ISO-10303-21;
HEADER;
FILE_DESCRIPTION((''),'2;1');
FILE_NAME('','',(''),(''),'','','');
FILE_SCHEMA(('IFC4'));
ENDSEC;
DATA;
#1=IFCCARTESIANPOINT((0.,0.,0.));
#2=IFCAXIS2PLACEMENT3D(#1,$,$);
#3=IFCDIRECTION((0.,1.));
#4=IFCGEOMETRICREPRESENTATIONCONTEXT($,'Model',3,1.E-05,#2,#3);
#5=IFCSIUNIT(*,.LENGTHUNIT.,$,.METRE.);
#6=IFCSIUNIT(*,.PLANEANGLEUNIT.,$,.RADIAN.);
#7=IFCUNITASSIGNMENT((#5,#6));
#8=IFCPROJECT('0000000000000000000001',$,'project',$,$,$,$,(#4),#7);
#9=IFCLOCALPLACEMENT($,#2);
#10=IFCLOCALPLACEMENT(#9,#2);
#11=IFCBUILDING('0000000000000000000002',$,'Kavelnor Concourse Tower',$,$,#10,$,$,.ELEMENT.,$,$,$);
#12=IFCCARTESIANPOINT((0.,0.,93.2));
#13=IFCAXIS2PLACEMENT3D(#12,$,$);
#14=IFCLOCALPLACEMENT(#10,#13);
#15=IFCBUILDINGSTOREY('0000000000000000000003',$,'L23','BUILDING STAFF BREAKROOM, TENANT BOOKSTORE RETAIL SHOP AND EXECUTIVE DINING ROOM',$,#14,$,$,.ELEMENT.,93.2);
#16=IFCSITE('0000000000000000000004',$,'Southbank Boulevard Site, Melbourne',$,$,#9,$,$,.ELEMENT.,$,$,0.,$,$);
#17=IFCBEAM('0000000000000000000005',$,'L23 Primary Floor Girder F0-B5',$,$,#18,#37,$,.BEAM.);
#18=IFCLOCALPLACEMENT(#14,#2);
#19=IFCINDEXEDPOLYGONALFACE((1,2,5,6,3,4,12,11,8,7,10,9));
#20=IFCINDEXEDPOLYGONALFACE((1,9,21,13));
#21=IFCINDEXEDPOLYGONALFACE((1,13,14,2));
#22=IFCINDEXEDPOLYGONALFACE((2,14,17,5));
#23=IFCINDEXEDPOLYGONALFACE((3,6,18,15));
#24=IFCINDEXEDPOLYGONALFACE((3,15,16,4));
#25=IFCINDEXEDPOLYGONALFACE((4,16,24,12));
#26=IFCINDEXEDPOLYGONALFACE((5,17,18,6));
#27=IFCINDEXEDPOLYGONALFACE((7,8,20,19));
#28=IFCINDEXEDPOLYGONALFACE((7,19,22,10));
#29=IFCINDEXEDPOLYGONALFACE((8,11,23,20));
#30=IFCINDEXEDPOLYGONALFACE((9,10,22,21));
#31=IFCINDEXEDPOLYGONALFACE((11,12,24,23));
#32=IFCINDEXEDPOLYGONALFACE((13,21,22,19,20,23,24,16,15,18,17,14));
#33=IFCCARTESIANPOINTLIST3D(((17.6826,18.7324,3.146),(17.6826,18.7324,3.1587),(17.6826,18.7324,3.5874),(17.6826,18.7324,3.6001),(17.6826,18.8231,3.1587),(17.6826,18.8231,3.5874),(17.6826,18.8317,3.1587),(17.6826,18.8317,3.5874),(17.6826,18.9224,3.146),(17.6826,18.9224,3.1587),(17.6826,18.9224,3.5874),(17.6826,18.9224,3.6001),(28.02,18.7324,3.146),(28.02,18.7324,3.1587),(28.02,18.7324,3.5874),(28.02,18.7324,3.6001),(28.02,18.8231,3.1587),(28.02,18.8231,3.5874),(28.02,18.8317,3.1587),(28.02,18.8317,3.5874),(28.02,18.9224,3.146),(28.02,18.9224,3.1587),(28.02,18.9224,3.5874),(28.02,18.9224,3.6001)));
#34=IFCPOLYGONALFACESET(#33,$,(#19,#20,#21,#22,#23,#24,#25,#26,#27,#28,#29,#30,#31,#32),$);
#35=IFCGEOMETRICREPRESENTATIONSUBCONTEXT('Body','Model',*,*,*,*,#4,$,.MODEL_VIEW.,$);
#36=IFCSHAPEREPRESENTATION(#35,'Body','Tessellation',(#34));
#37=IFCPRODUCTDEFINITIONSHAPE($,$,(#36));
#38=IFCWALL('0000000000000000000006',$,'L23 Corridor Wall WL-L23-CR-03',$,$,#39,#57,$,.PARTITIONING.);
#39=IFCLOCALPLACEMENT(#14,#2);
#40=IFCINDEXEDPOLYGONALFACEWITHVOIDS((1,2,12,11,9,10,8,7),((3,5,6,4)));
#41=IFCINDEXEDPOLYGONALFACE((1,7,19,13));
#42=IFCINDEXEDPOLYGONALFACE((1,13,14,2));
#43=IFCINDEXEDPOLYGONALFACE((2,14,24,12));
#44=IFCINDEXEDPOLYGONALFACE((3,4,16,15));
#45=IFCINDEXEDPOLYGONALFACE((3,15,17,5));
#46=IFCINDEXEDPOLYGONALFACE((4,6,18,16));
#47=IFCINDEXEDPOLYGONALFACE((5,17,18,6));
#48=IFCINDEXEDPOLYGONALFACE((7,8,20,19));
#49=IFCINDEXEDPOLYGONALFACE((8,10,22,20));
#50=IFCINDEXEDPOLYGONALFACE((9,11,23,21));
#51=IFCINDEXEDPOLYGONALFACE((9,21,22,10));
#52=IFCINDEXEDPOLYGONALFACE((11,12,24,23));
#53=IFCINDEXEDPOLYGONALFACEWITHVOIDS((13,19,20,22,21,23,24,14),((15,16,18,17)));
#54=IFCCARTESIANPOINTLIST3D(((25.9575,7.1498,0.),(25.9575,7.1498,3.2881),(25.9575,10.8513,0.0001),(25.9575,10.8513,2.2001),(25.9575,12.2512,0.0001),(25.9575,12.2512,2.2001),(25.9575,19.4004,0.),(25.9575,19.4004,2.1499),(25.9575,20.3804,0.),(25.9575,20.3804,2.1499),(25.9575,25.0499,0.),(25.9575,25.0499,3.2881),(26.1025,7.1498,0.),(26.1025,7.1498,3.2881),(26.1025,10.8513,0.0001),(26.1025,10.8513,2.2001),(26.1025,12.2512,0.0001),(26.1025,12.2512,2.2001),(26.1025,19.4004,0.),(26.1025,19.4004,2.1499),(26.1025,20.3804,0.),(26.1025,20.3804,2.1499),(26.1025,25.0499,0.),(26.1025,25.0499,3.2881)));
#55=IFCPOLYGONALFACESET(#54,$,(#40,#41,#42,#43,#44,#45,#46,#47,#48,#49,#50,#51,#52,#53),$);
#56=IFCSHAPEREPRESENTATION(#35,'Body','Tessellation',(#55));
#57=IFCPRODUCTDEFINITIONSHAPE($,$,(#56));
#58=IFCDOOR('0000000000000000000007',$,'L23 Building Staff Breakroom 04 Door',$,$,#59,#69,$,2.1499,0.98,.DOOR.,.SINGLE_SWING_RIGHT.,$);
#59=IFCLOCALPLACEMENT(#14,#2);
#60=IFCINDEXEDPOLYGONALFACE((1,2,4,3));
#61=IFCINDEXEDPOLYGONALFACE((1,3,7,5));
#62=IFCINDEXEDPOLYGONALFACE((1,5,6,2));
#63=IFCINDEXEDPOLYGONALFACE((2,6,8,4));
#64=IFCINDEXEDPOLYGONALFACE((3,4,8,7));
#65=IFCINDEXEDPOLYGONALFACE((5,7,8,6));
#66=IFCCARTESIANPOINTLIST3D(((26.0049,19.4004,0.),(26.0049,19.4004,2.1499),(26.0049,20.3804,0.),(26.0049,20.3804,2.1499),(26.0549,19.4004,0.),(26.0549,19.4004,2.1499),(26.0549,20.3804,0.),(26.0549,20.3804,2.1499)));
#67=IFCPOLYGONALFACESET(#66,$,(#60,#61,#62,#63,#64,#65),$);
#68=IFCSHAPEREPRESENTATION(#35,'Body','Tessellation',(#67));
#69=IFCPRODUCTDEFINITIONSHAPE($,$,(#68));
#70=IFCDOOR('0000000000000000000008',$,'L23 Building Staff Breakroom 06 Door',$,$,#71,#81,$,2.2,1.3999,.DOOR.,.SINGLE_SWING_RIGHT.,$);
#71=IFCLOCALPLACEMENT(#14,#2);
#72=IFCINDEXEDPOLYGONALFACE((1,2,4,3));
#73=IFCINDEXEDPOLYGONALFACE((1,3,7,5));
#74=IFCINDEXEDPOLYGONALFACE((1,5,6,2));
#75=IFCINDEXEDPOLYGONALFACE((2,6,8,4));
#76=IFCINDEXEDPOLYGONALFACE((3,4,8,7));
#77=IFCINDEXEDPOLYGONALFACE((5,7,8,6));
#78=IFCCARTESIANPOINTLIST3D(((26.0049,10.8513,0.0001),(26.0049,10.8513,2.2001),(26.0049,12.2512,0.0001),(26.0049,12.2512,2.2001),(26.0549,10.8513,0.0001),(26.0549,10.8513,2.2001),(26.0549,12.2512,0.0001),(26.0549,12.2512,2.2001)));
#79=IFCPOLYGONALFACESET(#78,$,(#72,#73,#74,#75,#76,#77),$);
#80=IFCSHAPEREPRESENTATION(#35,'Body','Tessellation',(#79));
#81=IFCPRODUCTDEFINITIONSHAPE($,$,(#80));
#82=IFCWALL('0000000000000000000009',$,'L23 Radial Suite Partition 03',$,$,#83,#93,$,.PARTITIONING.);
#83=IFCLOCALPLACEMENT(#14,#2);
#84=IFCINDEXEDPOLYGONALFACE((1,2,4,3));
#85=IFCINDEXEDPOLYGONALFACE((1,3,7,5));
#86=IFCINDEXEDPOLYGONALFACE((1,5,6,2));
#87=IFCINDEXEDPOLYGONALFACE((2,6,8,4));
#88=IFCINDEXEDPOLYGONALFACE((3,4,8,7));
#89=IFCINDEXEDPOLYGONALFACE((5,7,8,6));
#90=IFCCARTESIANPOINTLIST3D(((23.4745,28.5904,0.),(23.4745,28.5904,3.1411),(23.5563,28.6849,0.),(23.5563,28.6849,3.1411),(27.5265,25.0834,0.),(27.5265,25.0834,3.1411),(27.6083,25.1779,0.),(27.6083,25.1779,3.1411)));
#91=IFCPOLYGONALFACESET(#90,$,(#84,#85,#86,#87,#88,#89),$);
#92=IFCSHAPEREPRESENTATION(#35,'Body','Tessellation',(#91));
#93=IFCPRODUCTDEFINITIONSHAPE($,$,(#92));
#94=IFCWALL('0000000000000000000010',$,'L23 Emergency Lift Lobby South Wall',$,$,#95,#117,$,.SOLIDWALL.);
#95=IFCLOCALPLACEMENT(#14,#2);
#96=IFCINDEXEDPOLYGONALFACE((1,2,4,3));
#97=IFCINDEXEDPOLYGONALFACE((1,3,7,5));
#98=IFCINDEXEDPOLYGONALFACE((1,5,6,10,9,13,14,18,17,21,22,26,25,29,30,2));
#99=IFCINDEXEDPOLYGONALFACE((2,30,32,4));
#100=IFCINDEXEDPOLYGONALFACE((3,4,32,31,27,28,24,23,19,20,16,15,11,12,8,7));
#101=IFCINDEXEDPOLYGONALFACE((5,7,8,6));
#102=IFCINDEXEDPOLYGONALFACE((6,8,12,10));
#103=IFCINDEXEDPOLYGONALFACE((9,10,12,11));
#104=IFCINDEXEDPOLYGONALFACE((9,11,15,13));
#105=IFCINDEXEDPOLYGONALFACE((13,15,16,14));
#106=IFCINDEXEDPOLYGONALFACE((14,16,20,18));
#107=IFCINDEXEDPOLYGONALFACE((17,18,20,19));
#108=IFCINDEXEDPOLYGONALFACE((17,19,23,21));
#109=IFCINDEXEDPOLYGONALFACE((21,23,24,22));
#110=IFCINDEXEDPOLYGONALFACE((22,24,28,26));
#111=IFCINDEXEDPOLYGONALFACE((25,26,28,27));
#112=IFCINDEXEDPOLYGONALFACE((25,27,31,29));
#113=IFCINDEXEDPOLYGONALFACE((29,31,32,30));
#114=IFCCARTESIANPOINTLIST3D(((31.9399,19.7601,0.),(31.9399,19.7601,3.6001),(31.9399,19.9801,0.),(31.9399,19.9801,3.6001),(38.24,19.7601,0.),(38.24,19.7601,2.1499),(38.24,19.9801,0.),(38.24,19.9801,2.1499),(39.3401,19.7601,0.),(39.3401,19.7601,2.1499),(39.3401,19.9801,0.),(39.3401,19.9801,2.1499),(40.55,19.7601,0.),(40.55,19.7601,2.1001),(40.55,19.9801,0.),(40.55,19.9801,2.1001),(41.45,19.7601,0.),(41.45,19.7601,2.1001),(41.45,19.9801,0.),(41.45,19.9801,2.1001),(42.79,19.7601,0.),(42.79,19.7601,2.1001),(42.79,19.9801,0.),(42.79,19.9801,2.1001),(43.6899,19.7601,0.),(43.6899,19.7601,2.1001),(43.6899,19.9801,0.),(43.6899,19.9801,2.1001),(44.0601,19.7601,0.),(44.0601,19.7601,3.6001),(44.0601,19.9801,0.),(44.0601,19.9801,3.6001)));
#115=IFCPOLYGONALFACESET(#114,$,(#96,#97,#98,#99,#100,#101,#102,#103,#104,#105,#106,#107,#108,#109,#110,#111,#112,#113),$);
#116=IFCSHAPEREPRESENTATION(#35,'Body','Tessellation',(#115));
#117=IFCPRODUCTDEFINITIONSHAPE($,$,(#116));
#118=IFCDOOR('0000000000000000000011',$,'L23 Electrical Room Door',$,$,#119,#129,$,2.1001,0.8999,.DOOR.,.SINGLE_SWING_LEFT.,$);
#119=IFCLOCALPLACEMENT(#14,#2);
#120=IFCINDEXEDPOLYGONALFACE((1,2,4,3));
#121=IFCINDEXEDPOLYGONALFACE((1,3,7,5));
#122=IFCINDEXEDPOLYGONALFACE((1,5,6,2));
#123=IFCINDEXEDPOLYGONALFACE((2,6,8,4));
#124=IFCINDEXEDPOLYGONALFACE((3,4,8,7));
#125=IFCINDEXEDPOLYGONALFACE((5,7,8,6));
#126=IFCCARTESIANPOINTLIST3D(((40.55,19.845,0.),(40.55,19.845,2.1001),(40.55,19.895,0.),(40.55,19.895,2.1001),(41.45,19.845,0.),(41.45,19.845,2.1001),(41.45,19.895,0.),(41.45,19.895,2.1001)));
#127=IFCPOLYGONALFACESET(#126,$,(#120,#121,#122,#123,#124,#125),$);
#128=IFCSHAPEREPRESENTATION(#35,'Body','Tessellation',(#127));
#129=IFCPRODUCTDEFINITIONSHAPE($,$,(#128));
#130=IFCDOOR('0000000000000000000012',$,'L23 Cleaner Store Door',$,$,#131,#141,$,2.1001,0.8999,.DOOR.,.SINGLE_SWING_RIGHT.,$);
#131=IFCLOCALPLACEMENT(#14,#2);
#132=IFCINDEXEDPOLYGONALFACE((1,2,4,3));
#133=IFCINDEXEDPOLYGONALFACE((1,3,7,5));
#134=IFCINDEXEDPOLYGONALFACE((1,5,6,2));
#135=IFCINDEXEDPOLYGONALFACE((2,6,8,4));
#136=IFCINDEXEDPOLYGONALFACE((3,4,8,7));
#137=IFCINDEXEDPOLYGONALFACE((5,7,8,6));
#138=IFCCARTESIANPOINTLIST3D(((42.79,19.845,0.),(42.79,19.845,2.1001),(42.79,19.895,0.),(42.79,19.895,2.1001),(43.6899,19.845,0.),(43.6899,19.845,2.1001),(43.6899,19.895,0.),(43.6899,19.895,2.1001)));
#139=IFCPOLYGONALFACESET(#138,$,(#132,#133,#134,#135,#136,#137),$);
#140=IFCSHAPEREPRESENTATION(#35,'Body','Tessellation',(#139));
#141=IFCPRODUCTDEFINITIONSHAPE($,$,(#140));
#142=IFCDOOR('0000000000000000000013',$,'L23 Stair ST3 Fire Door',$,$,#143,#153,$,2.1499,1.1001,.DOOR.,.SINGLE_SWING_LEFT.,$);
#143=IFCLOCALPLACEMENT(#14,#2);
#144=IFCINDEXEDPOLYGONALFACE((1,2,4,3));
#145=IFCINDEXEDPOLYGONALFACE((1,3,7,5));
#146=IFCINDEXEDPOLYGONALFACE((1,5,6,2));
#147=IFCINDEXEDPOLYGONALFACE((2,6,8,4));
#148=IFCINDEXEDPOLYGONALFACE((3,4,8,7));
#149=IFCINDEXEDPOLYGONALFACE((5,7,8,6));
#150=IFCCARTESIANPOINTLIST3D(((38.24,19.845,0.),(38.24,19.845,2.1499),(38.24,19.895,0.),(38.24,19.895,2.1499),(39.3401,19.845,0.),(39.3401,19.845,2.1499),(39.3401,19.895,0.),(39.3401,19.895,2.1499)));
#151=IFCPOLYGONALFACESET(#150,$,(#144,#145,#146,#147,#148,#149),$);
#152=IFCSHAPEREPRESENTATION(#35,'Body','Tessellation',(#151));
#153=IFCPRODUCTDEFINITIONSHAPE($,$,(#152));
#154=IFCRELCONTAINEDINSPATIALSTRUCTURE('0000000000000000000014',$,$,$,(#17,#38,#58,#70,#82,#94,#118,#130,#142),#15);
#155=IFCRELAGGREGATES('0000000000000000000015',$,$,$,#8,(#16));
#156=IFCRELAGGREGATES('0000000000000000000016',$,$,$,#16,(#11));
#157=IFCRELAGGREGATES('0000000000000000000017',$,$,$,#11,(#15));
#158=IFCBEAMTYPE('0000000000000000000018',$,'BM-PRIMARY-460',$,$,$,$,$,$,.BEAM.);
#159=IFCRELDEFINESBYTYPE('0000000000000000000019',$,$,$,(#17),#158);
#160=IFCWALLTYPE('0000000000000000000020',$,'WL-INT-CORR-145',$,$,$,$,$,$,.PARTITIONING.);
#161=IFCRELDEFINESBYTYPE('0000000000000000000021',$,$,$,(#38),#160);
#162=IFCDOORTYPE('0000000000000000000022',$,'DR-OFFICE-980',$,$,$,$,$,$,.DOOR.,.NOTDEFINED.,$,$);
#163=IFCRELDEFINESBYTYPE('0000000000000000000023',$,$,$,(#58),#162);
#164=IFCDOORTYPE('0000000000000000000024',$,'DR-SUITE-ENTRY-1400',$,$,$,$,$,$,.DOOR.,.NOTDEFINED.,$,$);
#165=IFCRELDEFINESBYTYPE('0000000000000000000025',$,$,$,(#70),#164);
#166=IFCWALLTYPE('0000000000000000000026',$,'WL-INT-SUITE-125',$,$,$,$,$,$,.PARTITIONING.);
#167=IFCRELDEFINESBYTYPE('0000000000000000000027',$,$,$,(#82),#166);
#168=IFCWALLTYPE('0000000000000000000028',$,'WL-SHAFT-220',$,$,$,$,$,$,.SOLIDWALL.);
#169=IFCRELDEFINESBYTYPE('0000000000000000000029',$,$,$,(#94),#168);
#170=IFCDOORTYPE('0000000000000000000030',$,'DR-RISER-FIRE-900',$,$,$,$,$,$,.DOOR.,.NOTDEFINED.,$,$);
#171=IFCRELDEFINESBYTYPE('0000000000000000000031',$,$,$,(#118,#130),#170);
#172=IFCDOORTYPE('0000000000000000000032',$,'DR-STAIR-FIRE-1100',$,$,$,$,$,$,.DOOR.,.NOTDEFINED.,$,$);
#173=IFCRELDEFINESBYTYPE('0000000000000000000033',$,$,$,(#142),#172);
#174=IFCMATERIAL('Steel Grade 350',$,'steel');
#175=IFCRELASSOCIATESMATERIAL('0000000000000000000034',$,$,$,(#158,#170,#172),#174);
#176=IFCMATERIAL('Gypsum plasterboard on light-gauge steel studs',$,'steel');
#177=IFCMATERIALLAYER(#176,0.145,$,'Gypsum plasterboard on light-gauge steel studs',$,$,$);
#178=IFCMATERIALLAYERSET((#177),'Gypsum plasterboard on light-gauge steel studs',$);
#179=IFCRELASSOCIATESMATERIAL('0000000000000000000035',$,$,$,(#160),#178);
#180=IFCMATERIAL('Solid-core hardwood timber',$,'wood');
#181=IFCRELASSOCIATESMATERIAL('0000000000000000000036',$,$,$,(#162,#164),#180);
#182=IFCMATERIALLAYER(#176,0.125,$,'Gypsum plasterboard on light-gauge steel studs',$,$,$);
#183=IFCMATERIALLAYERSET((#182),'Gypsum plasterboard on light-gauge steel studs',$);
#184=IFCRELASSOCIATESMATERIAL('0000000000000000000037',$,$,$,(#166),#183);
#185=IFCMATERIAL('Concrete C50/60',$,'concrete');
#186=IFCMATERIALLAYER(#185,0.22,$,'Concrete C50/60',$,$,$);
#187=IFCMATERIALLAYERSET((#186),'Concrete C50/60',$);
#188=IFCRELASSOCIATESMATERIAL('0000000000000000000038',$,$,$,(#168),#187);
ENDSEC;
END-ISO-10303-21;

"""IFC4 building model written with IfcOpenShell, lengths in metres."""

from ifc_helpers import new_model, si_unit, direction, frame, frame_2d, origin, origin_2d, place, context, subcontext, project, spatial, rectangle, i_section, extrude, material, layer, layer_set, material_profile, profile_set, type_object, element, fill, save


model = new_model("IFC4")

# Units and contexts
model_context = context("Model", 3, precision=1e-05, world=origin(), true_north=direction((0.0, 1.0)))
body_context = subcontext(model_context, "Body", "Model", "MODEL_VIEW")
ifc_project = project(units=[si_unit("LENGTHUNIT", "METRE"), si_unit("PLANEANGLEUNIT", "RADIAN")], contexts=[model_context])

# Site, building, storey
site_placement = place(None, origin())
site = spatial("IfcSite", under=ifc_project, at=site_placement, Name="Southbank Boulevard Site, Melbourne", CompositionType="ELEMENT", RefElevation=0.0)
building_placement = place(site_placement, origin())
building = spatial("IfcBuilding", under=site, at=building_placement, Name="Kavelnor Concourse Tower", CompositionType="ELEMENT")
storey_placement = place(building_placement, frame((0.0, 0.0, 93.2)))
storey = spatial("IfcBuildingStorey", under=building, at=storey_placement, Name="L23", Description="BUILDING STAFF BREAKROOM, TENANT BOOKSTORE RETAIL SHOP AND EXECUTIVE DINING ROOM", CompositionType="ELEMENT", Elevation=93.2)

# Beam
ifc_material_1 = material(Name="Steel Grade 350", Category="steel")
ifc_material_profile_1 = material_profile(ifc_material_1, i_section(OverallWidth=0.1899, OverallDepth=0.4541, WebThickness=0.0085, FlangeThickness=0.0127, at=origin_2d()), Name="460UB67")
ifc_profile_set_1 = profile_set([ifc_material_profile_1], Name="Steel Grade 350")
beam_type_1 = type_object("IfcBeamType", Name="BM-PRIMARY-460", PredefinedType="BEAM", material=ifc_profile_set_1)
beam_1_placement = place(storey_placement, frame((28.02, 18.8274, 3.373), z_axis=(-1.0, 0.0, 0.0), x_axis=(0.0, -1.0, 0.0)))
element("IfcBeam", 1, at=beam_1_placement, inside=storey, type_object=beam_type_1, Name="L23 Primary Floor Girder F0-B5", PredefinedType="BEAM", context=body_context, shape_type="SweptSolid", body=[
    extrude(i_section(OverallWidth=0.1899, OverallDepth=0.4541, WebThickness=0.0085, FlangeThickness=0.0127, at=origin_2d()), origin(), (0.0, 0.0, 1.0), 10.3374),
])

# Wall, openings, doors
ifc_material_2 = material(Name="Gypsum plasterboard on light-gauge steel studs", Category="steel")
ifc_layer_1 = layer(ifc_material_2, 0.145, Name="Gypsum plasterboard on light-gauge steel studs")
ifc_layer_set_1 = layer_set([ifc_layer_1], Name="Gypsum plasterboard on light-gauge steel studs")
wall_type_1 = type_object("IfcWallType", Name="WL-INT-CORR-145", PredefinedType="PARTITIONING", material=ifc_layer_set_1)
wall_1_placement = place(storey_placement, frame((26.03, 25.05, 0.0), z_axis=(0.0, 0.0, 1.0), x_axis=(0.0, -1.0, 0.0)))
wall_1 = element("IfcWall", 2, at=wall_1_placement, inside=storey, type_object=wall_type_1, Name="L23 Corridor Wall WL-L23-CR-03", PredefinedType="PARTITIONING", context=body_context, shape_type="SweptSolid", body=[
    extrude(rectangle(XDim=17.9001, YDim=0.145, at=frame_2d((8.9502, 0.0))), origin(), (0.0, 0.0, 1.0), 3.2881),
])
opening_1_placement = place(wall_1_placement, frame((4.6697, 0.0, 0.0)))
opening_1 = element("IfcOpeningElement", 3, at=opening_1_placement, cuts=wall_1, PredefinedType="OPENING", context=body_context, shape_type="SweptSolid", body=[
    extrude(rectangle(XDim=0.98, YDim=2.1499, at=frame_2d((0.49, 1.075))), frame((0.0, 0.0825, 0.0), z_axis=(0.0, -1.0, 0.0), x_axis=(1.0, 0.0, 0.0)), (0.0, 0.0, 1.0), 0.165),
])
opening_2_placement = place(wall_1_placement, frame((12.7988, 0.0, 0.0)))
opening_2 = element("IfcOpeningElement", 4, at=opening_2_placement, cuts=wall_1, PredefinedType="OPENING", context=body_context, shape_type="SweptSolid", body=[
    extrude(rectangle(XDim=1.3999, YDim=2.2, at=frame_2d((0.7, 1.1001))), frame((0.0, 0.0825, 0.0), z_axis=(0.0, -1.0, 0.0), x_axis=(1.0, 0.0, 0.0)), (0.0, 0.0, 1.0), 0.165),
])
ifc_material_3 = material(Name="Solid-core hardwood timber", Category="wood")
door_type_1 = type_object("IfcDoorType", Name="DR-OFFICE-980", OperationType="NOTDEFINED", PredefinedType="DOOR", material=ifc_material_3)
door_1_placement = place(opening_1_placement, origin())
door_1 = element("IfcDoor", 5, at=door_1_placement, inside=storey, type_object=door_type_1, Name="L23 Building Staff Breakroom 04 Door", OperationType="SINGLE_SWING_RIGHT", OverallHeight=2.1499, OverallWidth=0.98, PredefinedType="DOOR", context=body_context, shape_type="SweptSolid", body=[
    extrude(rectangle(XDim=0.98, YDim=2.1499, at=frame_2d((0.49, 1.075))), frame((0.0, 0.0249, 0.0), z_axis=(0.0, -1.0, 0.0), x_axis=(1.0, 0.0, 0.0)), (0.0, 0.0, 1.0), 0.05),
])
fill(opening_1, door_1)
door_type_2 = type_object("IfcDoorType", Name="DR-SUITE-ENTRY-1400", OperationType="NOTDEFINED", PredefinedType="DOOR", material=ifc_material_3)
door_2_placement = place(opening_2_placement, origin())
door_2 = element("IfcDoor", 6, at=door_2_placement, inside=storey, type_object=door_type_2, Name="L23 Building Staff Breakroom 06 Door", OperationType="SINGLE_SWING_RIGHT", OverallHeight=2.2, OverallWidth=1.3999, PredefinedType="DOOR", context=body_context, shape_type="SweptSolid", body=[
    extrude(rectangle(XDim=1.3999, YDim=2.2, at=frame_2d((0.7, 1.1001))), frame((0.0, 0.0249, 0.0), z_axis=(0.0, -1.0, 0.0), x_axis=(1.0, 0.0, 0.0)), (0.0, 0.0, 1.0), 0.05),
])
fill(opening_2, door_2)

# Wall
ifc_layer_2 = layer(ifc_material_2, 0.125, Name="Gypsum plasterboard on light-gauge steel studs")
ifc_layer_set_2 = layer_set([ifc_layer_2], Name="Gypsum plasterboard on light-gauge steel studs")
wall_type_2 = type_object("IfcWallType", Name="WL-INT-SUITE-125", PredefinedType="PARTITIONING", material=ifc_layer_set_2)
wall_2_placement = place(storey_placement, frame((27.5674, 25.1306, 0.0), z_axis=(0.0, 0.0, 1.0), x_axis=(-0.756119, 0.654434, 0.0)))
element("IfcWall", 7, at=wall_2_placement, inside=storey, type_object=wall_type_2, Name="L23 Radial Suite Partition 03", PredefinedType="PARTITIONING", context=body_context, shape_type="SweptSolid", body=[
    extrude(rectangle(XDim=5.3589, YDim=0.125, at=frame_2d((2.6794, 0.0))), origin(), (0.0, 0.0, 1.0), 3.1411),
])

# Wall, openings, doors
ifc_material_4 = material(Name="Concrete C50/60", Category="concrete")
ifc_layer_3 = layer(ifc_material_4, 0.22, Name="Concrete C50/60")
ifc_layer_set_3 = layer_set([ifc_layer_3], Name="Concrete C50/60")
wall_type_3 = type_object("IfcWallType", Name="WL-SHAFT-220", PredefinedType="SOLIDWALL", material=ifc_layer_set_3)
wall_3_placement = place(storey_placement, frame((31.9399, 19.8701, 0.0), z_axis=(0.0, 0.0, 1.0), x_axis=(1.0, 0.0, 0.0)))
wall_3 = element("IfcWall", 8, at=wall_3_placement, inside=storey, type_object=wall_type_3, Name="L23 Emergency Lift Lobby South Wall", PredefinedType="SOLIDWALL", context=body_context, shape_type="SweptSolid", body=[
    extrude(rectangle(XDim=12.1201, YDim=0.22, at=frame_2d((6.0601, 0.0))), origin(), (0.0, 0.0, 1.0), 3.6001),
])
opening_3_placement = place(wall_3_placement, frame((6.3, 0.0, 0.0)))
opening_3 = element("IfcOpeningElement", 9, at=opening_3_placement, cuts=wall_3, PredefinedType="OPENING", context=body_context, shape_type="SweptSolid", body=[
    extrude(rectangle(XDim=1.1001, YDim=2.1499, at=frame_2d((0.55, 1.075))), frame((0.0, 0.1201, 0.0), z_axis=(0.0, -1.0, 0.0), x_axis=(1.0, 0.0, 0.0)), (0.0, 0.0, 1.0), 0.24),
])
opening_4_placement = place(wall_3_placement, frame((8.6101, 0.0, 0.0)))
opening_4 = element("IfcOpeningElement", 10, at=opening_4_placement, cuts=wall_3, PredefinedType="OPENING", context=body_context, shape_type="SweptSolid", body=[
    extrude(rectangle(XDim=0.8999, YDim=2.1001, at=frame_2d((0.45, 1.05))), frame((0.0, 0.1201, 0.0), z_axis=(0.0, -1.0, 0.0), x_axis=(1.0, 0.0, 0.0)), (0.0, 0.0, 1.0), 0.24),
])
opening_5_placement = place(wall_3_placement, frame((10.8501, 0.0, 0.0)))
opening_5 = element("IfcOpeningElement", 11, at=opening_5_placement, cuts=wall_3, PredefinedType="OPENING", context=body_context, shape_type="SweptSolid", body=[
    extrude(rectangle(XDim=0.8999, YDim=2.1001, at=frame_2d((0.45, 1.05))), frame((0.0, 0.1201, 0.0), z_axis=(0.0, -1.0, 0.0), x_axis=(1.0, 0.0, 0.0)), (0.0, 0.0, 1.0), 0.24),
])
door_type_3 = type_object("IfcDoorType", Name="DR-RISER-FIRE-900", OperationType="NOTDEFINED", PredefinedType="DOOR", material=ifc_material_1)
door_3_placement = place(opening_4_placement, origin())
door_3 = element("IfcDoor", 12, at=door_3_placement, inside=storey, type_object=door_type_3, Name="L23 Electrical Room Door", OperationType="SINGLE_SWING_LEFT", OverallHeight=2.1001, OverallWidth=0.8999, PredefinedType="DOOR", context=body_context, shape_type="SweptSolid", body=[
    extrude(rectangle(XDim=0.8999, YDim=2.1001, at=frame_2d((0.45, 1.05))), frame((0.0, 0.0249, 0.0), z_axis=(0.0, -1.0, 0.0), x_axis=(1.0, 0.0, 0.0)), (0.0, 0.0, 1.0), 0.05),
])
fill(opening_4, door_3)
door_4_placement = place(opening_5_placement, origin())
door_4 = element("IfcDoor", 13, at=door_4_placement, inside=storey, type_object=door_type_3, Name="L23 Cleaner Store Door", OperationType="SINGLE_SWING_RIGHT", OverallHeight=2.1001, OverallWidth=0.8999, PredefinedType="DOOR", context=body_context, shape_type="SweptSolid", body=[
    extrude(rectangle(XDim=0.8999, YDim=2.1001, at=frame_2d((0.45, 1.05))), frame((0.0, 0.0249, 0.0), z_axis=(0.0, -1.0, 0.0), x_axis=(1.0, 0.0, 0.0)), (0.0, 0.0, 1.0), 0.05),
])
fill(opening_5, door_4)
door_type_4 = type_object("IfcDoorType", Name="DR-STAIR-FIRE-1100", OperationType="NOTDEFINED", PredefinedType="DOOR", material=ifc_material_1)
door_5_placement = place(opening_3_placement, origin())
door_5 = element("IfcDoor", 14, at=door_5_placement, inside=storey, type_object=door_type_4, Name="L23 Stair ST3 Fire Door", OperationType="SINGLE_SWING_LEFT", OverallHeight=2.1499, OverallWidth=1.1001, PredefinedType="DOOR", context=body_context, shape_type="SweptSolid", body=[
    extrude(rectangle(XDim=1.1001, YDim=2.1499, at=frame_2d((0.55, 1.075))), frame((0.0, 0.0249, 0.0), z_axis=(0.0, -1.0, 0.0), x_axis=(1.0, 0.0, 0.0)), (0.0, 0.0, 1.0), 0.05),
])
fill(opening_3, door_5)

save(model, "model.ifc")
